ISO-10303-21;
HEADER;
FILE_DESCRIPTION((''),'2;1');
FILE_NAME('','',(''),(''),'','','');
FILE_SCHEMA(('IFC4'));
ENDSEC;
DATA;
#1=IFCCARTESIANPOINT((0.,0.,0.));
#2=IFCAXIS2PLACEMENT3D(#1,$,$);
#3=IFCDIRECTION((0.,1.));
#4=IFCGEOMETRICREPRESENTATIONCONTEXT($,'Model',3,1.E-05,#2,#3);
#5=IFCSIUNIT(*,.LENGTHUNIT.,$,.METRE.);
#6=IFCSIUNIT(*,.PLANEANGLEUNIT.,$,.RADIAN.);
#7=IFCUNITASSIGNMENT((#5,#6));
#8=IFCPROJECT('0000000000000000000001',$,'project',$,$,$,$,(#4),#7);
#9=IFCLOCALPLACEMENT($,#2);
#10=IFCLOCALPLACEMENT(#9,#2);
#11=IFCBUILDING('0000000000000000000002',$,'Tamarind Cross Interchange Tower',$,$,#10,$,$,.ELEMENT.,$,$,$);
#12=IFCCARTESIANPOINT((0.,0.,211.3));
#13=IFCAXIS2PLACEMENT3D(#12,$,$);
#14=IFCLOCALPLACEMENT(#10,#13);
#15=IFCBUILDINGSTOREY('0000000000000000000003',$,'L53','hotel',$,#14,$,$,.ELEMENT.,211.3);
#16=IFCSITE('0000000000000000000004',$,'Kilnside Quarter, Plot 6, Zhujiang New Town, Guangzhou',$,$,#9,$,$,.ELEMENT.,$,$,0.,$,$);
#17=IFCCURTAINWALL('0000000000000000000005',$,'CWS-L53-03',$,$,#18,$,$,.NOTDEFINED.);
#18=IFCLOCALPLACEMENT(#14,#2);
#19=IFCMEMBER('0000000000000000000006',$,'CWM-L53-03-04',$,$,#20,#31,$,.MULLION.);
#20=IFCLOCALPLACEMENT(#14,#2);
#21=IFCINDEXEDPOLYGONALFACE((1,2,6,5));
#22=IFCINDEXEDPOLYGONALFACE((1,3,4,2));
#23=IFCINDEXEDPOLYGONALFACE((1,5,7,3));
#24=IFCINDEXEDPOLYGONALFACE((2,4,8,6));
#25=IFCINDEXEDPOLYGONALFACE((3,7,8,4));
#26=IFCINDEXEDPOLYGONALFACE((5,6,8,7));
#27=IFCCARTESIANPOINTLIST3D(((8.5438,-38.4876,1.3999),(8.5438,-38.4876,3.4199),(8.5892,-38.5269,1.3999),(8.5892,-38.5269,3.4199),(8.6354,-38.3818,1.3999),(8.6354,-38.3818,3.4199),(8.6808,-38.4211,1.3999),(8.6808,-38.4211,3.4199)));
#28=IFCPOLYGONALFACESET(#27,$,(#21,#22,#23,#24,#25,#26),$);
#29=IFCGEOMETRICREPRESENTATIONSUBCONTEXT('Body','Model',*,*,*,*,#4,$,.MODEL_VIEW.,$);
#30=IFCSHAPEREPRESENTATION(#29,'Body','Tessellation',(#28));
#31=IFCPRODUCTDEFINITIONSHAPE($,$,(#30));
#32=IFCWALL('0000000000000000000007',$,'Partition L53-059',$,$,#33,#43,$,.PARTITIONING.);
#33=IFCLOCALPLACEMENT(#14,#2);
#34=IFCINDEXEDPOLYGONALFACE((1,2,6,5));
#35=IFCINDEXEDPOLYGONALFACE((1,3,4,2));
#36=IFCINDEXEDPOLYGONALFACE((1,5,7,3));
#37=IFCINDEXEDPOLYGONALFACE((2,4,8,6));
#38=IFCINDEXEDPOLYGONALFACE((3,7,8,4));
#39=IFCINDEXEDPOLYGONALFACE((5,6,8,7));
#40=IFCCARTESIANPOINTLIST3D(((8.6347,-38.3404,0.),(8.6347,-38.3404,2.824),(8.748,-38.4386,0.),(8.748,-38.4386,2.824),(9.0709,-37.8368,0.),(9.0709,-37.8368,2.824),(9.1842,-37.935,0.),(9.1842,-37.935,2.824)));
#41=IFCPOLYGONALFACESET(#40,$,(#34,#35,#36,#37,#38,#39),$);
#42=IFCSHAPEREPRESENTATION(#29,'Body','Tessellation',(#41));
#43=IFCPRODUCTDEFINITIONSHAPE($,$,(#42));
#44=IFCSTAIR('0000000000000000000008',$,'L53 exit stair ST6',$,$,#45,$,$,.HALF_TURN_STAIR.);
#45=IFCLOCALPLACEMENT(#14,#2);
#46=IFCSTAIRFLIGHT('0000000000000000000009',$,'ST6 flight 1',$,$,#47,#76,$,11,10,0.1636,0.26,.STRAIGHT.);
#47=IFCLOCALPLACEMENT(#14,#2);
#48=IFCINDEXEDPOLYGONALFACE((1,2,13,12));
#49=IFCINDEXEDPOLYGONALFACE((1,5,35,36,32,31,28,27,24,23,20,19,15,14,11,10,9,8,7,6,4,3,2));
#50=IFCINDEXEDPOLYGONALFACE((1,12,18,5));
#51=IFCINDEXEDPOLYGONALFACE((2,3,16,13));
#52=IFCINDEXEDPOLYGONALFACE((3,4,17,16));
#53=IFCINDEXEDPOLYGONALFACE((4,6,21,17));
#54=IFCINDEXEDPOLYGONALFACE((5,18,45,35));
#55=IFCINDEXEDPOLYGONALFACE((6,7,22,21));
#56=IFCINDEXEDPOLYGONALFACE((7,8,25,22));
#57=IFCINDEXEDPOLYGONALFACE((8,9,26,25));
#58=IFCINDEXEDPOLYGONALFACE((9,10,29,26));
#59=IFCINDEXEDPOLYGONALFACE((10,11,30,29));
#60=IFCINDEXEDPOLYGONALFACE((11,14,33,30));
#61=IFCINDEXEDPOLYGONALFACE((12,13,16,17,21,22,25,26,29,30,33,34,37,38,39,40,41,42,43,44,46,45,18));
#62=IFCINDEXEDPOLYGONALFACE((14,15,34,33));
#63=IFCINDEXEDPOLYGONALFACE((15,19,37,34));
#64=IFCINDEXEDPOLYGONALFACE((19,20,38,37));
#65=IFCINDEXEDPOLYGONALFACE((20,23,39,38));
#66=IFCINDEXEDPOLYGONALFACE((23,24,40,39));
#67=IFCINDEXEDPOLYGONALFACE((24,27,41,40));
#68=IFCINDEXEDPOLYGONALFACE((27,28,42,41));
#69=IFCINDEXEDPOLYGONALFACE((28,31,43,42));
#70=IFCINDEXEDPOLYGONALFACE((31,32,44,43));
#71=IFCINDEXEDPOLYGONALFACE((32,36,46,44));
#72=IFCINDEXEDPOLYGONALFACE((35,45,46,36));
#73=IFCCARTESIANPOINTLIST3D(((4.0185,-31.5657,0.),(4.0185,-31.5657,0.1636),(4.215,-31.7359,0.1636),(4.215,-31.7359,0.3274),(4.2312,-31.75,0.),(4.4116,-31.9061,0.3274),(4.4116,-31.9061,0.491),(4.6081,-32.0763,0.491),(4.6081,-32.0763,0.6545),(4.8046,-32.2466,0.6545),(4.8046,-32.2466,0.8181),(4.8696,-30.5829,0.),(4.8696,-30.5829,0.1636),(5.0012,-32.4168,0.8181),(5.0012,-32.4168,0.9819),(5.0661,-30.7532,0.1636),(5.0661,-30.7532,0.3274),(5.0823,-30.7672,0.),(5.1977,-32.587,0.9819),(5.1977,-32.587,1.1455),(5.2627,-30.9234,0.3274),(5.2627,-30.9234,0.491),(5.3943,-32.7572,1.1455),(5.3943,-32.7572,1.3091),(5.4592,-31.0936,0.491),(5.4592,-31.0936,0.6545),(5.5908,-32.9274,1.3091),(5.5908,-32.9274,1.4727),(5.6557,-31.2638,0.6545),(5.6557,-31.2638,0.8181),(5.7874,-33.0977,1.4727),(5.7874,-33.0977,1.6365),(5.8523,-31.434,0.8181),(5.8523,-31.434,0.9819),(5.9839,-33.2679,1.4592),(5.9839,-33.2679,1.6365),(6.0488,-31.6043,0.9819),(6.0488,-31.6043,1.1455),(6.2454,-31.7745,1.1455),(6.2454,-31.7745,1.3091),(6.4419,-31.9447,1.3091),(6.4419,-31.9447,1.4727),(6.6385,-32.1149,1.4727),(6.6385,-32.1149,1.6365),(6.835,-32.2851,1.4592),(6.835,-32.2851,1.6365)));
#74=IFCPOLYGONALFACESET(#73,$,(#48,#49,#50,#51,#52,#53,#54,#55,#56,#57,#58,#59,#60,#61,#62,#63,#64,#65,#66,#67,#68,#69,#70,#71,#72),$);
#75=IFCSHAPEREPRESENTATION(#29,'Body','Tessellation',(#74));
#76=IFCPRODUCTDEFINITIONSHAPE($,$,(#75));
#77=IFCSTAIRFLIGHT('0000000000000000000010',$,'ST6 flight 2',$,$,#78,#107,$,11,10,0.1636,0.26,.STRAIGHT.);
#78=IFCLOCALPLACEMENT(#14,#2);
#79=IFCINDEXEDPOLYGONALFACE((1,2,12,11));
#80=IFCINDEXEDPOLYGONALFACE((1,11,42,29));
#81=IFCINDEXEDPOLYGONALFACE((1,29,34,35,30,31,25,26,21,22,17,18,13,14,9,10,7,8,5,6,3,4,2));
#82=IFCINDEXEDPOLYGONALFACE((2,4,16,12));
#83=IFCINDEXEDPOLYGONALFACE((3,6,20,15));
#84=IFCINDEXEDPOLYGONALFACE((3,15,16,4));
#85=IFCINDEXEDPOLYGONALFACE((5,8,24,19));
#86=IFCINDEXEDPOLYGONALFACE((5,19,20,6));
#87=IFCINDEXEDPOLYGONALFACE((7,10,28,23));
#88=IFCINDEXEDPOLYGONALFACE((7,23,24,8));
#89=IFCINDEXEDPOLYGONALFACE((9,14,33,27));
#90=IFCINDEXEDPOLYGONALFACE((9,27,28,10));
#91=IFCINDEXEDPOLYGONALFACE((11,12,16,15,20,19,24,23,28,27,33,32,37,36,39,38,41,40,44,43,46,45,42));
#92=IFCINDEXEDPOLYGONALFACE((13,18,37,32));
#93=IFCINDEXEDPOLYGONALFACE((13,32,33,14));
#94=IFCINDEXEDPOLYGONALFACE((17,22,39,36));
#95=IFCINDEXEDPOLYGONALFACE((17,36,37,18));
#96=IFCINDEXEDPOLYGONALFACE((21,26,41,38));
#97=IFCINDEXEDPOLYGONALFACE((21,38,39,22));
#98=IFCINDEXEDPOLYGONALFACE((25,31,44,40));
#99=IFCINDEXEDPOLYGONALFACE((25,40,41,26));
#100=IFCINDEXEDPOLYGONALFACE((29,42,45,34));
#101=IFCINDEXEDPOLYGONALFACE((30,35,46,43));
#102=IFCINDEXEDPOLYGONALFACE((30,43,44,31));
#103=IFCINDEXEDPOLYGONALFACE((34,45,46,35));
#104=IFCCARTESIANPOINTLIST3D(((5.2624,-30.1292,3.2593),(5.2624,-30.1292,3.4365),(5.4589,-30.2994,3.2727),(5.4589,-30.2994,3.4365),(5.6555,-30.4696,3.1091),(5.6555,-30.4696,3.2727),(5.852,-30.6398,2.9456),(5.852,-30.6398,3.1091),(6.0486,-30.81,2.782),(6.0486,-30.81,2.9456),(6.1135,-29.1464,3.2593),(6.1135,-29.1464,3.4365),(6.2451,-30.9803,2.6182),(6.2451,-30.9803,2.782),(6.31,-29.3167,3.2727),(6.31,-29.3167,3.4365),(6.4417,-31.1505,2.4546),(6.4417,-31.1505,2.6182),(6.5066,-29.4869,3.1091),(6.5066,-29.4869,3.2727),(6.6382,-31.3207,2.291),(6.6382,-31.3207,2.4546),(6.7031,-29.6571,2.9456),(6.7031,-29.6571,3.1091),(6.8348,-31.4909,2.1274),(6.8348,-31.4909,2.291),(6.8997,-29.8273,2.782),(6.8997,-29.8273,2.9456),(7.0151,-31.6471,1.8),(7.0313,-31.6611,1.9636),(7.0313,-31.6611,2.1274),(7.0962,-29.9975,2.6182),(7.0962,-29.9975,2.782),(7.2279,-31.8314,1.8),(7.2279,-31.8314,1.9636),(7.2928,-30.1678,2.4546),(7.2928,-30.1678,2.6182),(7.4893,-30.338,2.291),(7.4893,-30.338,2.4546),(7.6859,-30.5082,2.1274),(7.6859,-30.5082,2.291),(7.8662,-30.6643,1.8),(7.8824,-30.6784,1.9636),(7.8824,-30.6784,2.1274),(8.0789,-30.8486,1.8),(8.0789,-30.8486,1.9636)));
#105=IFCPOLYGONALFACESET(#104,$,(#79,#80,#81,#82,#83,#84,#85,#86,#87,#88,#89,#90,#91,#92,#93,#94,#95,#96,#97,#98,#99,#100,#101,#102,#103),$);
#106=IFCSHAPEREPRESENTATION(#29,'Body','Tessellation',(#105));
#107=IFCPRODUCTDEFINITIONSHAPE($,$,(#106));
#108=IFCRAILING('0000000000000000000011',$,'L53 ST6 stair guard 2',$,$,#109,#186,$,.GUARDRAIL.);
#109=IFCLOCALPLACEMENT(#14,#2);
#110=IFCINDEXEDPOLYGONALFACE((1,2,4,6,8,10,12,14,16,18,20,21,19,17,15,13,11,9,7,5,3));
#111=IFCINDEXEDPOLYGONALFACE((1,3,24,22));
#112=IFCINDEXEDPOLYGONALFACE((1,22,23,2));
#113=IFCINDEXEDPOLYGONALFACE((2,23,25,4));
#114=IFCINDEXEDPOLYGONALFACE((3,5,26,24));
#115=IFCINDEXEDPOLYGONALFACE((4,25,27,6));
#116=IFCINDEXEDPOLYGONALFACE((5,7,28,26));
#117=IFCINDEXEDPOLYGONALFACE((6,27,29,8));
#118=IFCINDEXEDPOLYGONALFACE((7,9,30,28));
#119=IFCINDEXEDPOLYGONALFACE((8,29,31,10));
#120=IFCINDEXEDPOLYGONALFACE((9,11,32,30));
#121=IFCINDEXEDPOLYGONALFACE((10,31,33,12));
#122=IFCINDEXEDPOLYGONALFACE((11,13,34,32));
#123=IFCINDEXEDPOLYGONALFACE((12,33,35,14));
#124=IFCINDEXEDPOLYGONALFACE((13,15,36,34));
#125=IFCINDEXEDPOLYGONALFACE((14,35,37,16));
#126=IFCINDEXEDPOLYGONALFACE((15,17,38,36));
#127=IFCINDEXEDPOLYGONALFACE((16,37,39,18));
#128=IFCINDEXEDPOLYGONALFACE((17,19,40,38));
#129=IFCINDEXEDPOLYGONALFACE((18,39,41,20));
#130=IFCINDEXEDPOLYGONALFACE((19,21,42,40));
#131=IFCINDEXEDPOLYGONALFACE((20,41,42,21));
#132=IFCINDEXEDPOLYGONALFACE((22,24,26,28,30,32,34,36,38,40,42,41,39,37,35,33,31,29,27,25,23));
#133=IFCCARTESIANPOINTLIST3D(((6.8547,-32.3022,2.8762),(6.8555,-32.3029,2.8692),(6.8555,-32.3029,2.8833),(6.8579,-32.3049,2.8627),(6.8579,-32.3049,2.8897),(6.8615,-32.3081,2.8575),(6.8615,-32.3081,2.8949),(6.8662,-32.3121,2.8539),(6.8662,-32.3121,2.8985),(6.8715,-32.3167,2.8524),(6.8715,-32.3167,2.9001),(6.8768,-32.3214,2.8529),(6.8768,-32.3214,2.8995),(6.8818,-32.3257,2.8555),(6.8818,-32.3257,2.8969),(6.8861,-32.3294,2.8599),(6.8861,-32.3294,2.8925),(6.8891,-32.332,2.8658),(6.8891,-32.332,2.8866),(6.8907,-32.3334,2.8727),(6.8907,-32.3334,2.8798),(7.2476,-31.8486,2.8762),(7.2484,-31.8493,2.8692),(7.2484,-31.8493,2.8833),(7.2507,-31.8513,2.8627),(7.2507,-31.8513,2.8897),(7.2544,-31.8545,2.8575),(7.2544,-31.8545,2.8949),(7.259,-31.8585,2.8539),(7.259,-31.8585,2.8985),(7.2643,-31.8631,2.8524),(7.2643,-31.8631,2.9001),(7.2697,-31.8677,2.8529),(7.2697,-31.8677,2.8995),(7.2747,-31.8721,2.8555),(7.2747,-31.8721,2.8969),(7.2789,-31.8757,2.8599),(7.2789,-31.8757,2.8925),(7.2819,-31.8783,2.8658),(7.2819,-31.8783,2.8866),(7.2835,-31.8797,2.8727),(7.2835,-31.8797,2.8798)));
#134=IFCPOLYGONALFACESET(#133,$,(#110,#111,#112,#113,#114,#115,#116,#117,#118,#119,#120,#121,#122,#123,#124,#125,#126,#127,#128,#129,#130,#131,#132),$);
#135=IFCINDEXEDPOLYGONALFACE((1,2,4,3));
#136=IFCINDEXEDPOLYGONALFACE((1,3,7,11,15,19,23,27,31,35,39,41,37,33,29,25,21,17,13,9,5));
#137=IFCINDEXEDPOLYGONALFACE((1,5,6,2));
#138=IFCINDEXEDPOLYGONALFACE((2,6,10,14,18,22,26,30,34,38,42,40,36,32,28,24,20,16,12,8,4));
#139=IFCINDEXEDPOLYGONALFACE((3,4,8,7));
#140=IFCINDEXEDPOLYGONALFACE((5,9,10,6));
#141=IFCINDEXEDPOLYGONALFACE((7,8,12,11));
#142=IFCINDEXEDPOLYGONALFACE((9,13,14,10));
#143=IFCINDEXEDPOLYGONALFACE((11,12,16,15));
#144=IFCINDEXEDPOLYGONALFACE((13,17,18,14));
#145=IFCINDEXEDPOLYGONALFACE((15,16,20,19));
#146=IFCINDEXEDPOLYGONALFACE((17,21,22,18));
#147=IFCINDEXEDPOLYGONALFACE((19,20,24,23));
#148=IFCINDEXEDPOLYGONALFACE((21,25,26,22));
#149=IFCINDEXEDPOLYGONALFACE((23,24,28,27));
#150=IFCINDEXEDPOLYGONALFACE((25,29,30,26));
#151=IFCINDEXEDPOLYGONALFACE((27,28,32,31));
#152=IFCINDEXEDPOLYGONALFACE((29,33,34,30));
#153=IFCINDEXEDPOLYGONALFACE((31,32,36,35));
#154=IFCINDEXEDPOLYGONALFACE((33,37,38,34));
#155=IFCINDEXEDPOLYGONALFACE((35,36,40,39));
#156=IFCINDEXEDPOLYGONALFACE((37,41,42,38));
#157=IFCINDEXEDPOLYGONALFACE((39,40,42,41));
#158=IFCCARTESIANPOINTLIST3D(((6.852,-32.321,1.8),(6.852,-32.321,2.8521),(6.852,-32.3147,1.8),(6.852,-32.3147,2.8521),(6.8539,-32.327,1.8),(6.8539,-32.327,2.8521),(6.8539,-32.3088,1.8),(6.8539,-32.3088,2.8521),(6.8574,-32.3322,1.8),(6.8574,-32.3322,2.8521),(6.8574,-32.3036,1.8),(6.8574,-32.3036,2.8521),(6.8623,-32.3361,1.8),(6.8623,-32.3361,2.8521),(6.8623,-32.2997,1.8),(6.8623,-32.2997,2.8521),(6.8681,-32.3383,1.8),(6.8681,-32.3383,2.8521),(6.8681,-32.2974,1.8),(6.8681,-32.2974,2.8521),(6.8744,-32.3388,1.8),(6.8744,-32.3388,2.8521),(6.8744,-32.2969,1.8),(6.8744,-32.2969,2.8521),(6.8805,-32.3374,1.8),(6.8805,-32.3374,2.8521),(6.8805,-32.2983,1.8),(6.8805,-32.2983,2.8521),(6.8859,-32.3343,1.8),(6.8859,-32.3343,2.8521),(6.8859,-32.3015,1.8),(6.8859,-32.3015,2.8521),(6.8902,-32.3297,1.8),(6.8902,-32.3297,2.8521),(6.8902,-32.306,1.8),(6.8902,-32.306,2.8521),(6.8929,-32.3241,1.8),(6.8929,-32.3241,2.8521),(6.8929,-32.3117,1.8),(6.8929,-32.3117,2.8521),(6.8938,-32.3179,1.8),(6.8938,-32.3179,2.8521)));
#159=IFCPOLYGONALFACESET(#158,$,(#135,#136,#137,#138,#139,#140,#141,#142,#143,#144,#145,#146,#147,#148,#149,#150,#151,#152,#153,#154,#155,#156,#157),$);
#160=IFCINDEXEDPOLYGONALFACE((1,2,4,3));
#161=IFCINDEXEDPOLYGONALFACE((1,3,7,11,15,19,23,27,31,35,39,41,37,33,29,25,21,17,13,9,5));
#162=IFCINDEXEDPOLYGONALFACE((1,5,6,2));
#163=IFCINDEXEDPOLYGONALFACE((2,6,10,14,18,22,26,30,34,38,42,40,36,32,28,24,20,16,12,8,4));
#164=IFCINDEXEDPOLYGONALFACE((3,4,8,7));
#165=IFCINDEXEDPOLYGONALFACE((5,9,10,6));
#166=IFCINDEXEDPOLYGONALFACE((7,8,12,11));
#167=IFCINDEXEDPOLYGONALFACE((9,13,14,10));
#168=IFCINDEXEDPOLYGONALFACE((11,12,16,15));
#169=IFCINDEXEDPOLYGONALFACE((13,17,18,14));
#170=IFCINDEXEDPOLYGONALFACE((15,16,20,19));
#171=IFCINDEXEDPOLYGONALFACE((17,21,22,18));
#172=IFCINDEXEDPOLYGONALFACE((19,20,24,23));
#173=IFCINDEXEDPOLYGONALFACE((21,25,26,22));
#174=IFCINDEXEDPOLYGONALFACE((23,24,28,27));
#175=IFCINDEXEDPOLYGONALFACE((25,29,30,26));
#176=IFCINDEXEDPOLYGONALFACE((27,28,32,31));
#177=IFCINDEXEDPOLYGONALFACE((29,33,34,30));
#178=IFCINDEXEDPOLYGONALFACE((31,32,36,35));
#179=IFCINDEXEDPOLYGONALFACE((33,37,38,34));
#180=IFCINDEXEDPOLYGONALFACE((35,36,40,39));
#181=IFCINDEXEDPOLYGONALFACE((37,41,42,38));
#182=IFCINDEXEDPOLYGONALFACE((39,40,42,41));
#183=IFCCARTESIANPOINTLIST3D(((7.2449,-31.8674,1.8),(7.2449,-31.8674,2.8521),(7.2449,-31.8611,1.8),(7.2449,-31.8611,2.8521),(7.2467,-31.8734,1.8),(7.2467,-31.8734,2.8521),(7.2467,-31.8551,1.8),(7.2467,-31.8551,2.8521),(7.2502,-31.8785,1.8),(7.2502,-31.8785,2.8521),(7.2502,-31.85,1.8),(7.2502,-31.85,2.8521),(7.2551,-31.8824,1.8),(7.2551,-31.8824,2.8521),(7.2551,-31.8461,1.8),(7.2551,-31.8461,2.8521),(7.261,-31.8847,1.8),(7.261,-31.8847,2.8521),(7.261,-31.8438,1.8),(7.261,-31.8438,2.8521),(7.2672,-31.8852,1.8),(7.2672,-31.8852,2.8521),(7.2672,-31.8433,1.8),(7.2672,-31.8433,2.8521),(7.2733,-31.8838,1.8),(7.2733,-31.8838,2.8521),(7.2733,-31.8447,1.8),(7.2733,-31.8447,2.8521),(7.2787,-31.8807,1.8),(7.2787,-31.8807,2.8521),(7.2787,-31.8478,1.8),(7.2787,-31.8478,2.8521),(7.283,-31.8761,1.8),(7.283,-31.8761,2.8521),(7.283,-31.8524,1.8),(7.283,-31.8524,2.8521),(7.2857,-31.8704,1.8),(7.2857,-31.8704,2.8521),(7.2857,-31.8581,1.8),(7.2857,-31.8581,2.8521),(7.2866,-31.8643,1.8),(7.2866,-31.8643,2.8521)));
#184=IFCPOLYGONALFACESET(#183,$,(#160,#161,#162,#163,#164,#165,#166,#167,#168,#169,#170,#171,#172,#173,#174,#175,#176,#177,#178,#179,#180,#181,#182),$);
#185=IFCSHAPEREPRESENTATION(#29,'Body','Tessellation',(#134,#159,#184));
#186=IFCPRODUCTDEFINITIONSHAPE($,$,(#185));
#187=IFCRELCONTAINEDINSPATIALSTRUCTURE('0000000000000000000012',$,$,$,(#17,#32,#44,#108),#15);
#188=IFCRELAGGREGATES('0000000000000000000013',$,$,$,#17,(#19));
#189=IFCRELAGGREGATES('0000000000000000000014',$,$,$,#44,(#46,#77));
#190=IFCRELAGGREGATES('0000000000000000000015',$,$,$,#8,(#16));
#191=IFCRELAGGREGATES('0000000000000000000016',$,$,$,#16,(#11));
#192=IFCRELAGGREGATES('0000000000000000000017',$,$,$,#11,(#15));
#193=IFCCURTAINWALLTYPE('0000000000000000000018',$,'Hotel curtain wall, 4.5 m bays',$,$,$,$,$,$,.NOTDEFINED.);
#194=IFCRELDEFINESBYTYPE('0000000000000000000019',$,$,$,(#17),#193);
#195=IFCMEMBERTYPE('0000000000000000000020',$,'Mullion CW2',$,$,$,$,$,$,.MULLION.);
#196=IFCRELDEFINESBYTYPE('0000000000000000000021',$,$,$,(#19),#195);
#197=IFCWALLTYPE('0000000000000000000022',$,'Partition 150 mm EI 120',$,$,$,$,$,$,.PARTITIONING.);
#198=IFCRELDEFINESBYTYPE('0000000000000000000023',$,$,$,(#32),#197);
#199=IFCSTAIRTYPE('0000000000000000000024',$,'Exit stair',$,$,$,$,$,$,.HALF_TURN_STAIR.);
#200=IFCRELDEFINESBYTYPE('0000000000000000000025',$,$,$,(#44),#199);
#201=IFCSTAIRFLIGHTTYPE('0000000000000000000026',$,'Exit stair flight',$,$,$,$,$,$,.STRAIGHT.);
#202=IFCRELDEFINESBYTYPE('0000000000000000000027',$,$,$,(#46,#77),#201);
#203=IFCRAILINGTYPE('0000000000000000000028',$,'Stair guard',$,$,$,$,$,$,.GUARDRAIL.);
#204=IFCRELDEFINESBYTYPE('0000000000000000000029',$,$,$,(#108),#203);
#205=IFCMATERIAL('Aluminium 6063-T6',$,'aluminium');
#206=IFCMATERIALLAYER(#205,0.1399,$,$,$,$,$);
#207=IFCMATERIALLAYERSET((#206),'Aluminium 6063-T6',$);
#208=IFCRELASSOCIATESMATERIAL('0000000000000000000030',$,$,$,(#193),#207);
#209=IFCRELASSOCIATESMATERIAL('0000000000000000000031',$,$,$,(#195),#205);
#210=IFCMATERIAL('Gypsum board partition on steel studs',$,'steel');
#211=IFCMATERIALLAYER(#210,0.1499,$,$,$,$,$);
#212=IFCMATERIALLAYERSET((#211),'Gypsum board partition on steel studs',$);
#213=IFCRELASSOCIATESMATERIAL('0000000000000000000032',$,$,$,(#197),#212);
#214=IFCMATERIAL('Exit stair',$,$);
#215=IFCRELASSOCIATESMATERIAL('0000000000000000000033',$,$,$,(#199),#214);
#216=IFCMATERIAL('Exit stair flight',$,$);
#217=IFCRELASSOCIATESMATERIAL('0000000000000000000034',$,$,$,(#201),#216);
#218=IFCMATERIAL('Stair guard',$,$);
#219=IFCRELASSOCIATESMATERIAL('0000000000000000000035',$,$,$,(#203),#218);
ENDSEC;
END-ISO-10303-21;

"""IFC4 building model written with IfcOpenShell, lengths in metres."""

from ifc_helpers import new_model, si_unit, direction, frame, frame_2d, origin, origin_2d, place, context, subcontext, project, spatial, polyline, rectangle, circle, outline, extrude, material, layer, layer_set, material_profile, profile_set, type_object, element, aggregate, save


model = new_model("IFC4")

# Units and contexts
model_context = context("Model", 3, precision=1e-05, world=origin(), true_north=direction((0.0, 1.0)))
body_context = subcontext(model_context, "Body", "Model", "MODEL_VIEW")
ifc_project = project(units=[si_unit("LENGTHUNIT", "METRE"), si_unit("PLANEANGLEUNIT", "RADIAN")], contexts=[model_context])

# Site, building, storey
site_placement = place(None, origin())
site = spatial("IfcSite", under=ifc_project, at=site_placement, Name="Kilnside Quarter, Plot 6, Zhujiang New Town, Guangzhou", CompositionType="ELEMENT", RefElevation=0.0)
building_placement = place(site_placement, origin())
building = spatial("IfcBuilding", under=site, at=building_placement, Name="Tamarind Cross Interchange Tower", CompositionType="ELEMENT")
storey_placement = place(building_placement, frame((0.0, 0.0, 211.3)))
storey = spatial("IfcBuildingStorey", under=building, at=storey_placement, Name="L53", Description="hotel", CompositionType="ELEMENT", Elevation=211.3)

# Curtain wall, member
ifc_material_1 = material(Name="Aluminium 6063-T6", Category="aluminium")
ifc_layer_1 = layer(ifc_material_1, 0.1399)
ifc_layer_set_1 = layer_set([ifc_layer_1], Name="Aluminium 6063-T6")
curtain_wall_type = type_object("IfcCurtainWallType", Name="Hotel curtain wall, 4.5 m bays", PredefinedType="NOTDEFINED", material=ifc_layer_set_1)
curtain_wall_placement = place(storey_placement, origin())
curtain_wall = element("IfcCurtainWall", 1, at=curtain_wall_placement, inside=storey, type_object=curtain_wall_type, Name="CWS-L53-03", PredefinedType="NOTDEFINED")
ifc_material_profile_1 = material_profile(ifc_material_1, rectangle(XDim=0.0601, YDim=0.1399, at=origin_2d()), Name="Mullion CW2")
ifc_profile_set_1 = profile_set([ifc_material_profile_1], Name="Aluminium 6063-T6")
member_type = type_object("IfcMemberType", Name="Mullion CW2", PredefinedType="MULLION", material=ifc_profile_set_1)
member_1_placement = place(storey_placement, frame((8.6123, -38.4543, 1.3999), z_axis=(0.0, 0.0, 1.0), x_axis=(0.755917, -0.654667, 0.0)))
member_1 = element("IfcMember", 2, at=member_1_placement, type_object=member_type, Name="CWM-L53-03-04", PredefinedType="MULLION", context=body_context, shape_type="SweptSolid", body=[
    extrude(rectangle(XDim=0.0601, YDim=0.1399, at=origin_2d()), origin(), (0.0, 0.0, 1.0), 2.02),
])
aggregate(curtain_wall, [member_1])

# Wall
ifc_material_2 = material(Name="Gypsum board partition on steel studs", Category="steel")
ifc_layer_2 = layer(ifc_material_2, 0.1499)
ifc_layer_set_2 = layer_set([ifc_layer_2], Name="Gypsum board partition on steel studs")
wall_type = type_object("IfcWallType", Name="Partition 150 mm EI 120", PredefinedType="PARTITIONING", material=ifc_layer_set_2)
wall_placement = place(storey_placement, frame((8.6914, -38.3894, 0.0), z_axis=(0.0, 0.0, 1.0), x_axis=(0.654735, 0.755858, 0.0)))
element("IfcWall", 3, at=wall_placement, inside=storey, type_object=wall_type, Name="Partition L53-059", PredefinedType="PARTITIONING", context=body_context, shape_type="SweptSolid", body=[
    extrude(rectangle(XDim=0.6663, YDim=0.1499, at=frame_2d((0.333, 0.0))), origin(), (0.0, 0.0, 1.0), 2.824),
])

# Stair, stair flights
ifc_material_3 = material(Name="Exit stair")
stair_type = type_object("IfcStairType", Name="Exit stair", PredefinedType="HALF_TURN_STAIR", material=ifc_material_3)
stair_placement = place(storey_placement, origin())
stair = element("IfcStair", 4, at=stair_placement, inside=storey, type_object=stair_type, Name="L53 exit stair ST6", PredefinedType="HALF_TURN_STAIR")
ifc_material_4 = material(Name="Exit stair flight")
stair_flight_type = type_object("IfcStairFlightType", Name="Exit stair flight", PredefinedType="STRAIGHT", material=ifc_material_4)
stair_flight_1_placement = place(storey_placement, frame((4.4441, -31.0742, 0.0), z_axis=(0.0, 0.0, 1.0), x_axis=(0.755917, -0.654667, 0.0)))
stair_flight_1 = element("IfcStairFlight", 5, at=stair_flight_1_placement, type_object=stair_flight_type, Name="ST6 flight 1", NumberOfRisers=11, NumberOfTreads=10, PredefinedType="STRAIGHT", RiserHeight=0.1636, TreadLength=0.26, context=body_context, shape_type="SweptSolid", body=[
    extrude(outline(polyline([(0.0, 0.0), (0.0, 0.1636), (0.26, 0.1636), (0.26, 0.3274), (0.52, 0.3274), (0.52, 0.491), (0.78, 0.491), (0.78, 0.6545), (1.04, 0.6545), (1.04, 0.8181), (1.3, 0.8181), (1.3, 0.9819), (1.5601, 0.9819), (1.5601, 1.1455), (1.8201, 1.1455), (1.8201, 1.3091), (2.0801, 1.3091), (2.0801, 1.4727), (2.3401, 1.4727), (2.3401, 1.6365), (2.6001, 1.6365), (2.6001, 1.8), (2.6001, 1.4592), (0.2815, 0.0), (0.0, 0.0)])), frame((0.0, 0.6499, 0.0), z_axis=(0.0, -1.0, 0.0), x_axis=(1.0, 0.0, 0.0)), (0.0, 0.0, 1.0), 1.3),
])
stair_flight_2_placement = place(storey_placement, frame((7.6533, -31.3401, 1.8), z_axis=(0.0, 0.0, 1.0), x_axis=(-0.755917, 0.654667, 0.0)))
stair_flight_2 = element("IfcStairFlight", 6, at=stair_flight_2_placement, type_object=stair_flight_type, Name="ST6 flight 2", NumberOfRisers=11, NumberOfTreads=10, PredefinedType="STRAIGHT", RiserHeight=0.1636, TreadLength=0.26, context=body_context, shape_type="SweptSolid", body=[
    extrude(outline(polyline([(0.0, 0.0), (0.0, 0.1636), (0.26, 0.1636), (0.26, 0.3274), (0.52, 0.3274), (0.52, 0.491), (0.78, 0.491), (0.78, 0.6545), (1.04, 0.6545), (1.04, 0.8181), (1.3, 0.8181), (1.3, 0.9819), (1.5601, 0.9819), (1.5601, 1.1455), (1.8201, 1.1455), (1.8201, 1.3091), (2.0801, 1.3091), (2.0801, 1.4727), (2.3401, 1.4727), (2.3401, 1.6365), (2.6001, 1.6365), (2.6001, 1.8), (2.6001, 1.4592), (0.2815, 0.0), (0.0, 0.0)])), frame((0.0, 0.6499, 0.0), z_axis=(0.0, -1.0, 0.0), x_axis=(1.0, 0.0, 0.0)), (0.0, 0.0, 1.0), 1.3),
])
aggregate(stair, [stair_flight_1, stair_flight_2])

# Railing
ifc_material_5 = material(Name="Stair guard")
railing_type_1 = type_object("IfcRailingType", Name="Stair guard", PredefinedType="GUARDRAIL", material=ifc_material_5)
railing_1_placement = place(storey_placement, frame((6.8728, -32.3179, 1.8)))
element("IfcRailing", 7, at=railing_1_placement, inside=storey, type_object=railing_type_1, Name="L53 ST6 stair guard 2", PredefinedType="GUARDRAIL", context=body_context, shape_type="SweptSolid", body=[
    extrude(circle(Radius=0.0239, at=origin_2d()), frame((0.0, 0.0, 1.0762), z_axis=(0.654636, 0.755944, 0.0), x_axis=(-0.755944, 0.654636, 0.0)), (0.0, 0.0, 1.0), 0.6001),
    extrude(circle(Radius=0.021, at=origin_2d()), origin(), (0.0, 0.0, 1.0), 1.052),
    extrude(circle(Radius=0.021, at=origin_2d()), frame((0.3928, 0.4536, 0.0)), (0.0, 0.0, 1.0), 1.052),
])

save(model, "model.ifc")
